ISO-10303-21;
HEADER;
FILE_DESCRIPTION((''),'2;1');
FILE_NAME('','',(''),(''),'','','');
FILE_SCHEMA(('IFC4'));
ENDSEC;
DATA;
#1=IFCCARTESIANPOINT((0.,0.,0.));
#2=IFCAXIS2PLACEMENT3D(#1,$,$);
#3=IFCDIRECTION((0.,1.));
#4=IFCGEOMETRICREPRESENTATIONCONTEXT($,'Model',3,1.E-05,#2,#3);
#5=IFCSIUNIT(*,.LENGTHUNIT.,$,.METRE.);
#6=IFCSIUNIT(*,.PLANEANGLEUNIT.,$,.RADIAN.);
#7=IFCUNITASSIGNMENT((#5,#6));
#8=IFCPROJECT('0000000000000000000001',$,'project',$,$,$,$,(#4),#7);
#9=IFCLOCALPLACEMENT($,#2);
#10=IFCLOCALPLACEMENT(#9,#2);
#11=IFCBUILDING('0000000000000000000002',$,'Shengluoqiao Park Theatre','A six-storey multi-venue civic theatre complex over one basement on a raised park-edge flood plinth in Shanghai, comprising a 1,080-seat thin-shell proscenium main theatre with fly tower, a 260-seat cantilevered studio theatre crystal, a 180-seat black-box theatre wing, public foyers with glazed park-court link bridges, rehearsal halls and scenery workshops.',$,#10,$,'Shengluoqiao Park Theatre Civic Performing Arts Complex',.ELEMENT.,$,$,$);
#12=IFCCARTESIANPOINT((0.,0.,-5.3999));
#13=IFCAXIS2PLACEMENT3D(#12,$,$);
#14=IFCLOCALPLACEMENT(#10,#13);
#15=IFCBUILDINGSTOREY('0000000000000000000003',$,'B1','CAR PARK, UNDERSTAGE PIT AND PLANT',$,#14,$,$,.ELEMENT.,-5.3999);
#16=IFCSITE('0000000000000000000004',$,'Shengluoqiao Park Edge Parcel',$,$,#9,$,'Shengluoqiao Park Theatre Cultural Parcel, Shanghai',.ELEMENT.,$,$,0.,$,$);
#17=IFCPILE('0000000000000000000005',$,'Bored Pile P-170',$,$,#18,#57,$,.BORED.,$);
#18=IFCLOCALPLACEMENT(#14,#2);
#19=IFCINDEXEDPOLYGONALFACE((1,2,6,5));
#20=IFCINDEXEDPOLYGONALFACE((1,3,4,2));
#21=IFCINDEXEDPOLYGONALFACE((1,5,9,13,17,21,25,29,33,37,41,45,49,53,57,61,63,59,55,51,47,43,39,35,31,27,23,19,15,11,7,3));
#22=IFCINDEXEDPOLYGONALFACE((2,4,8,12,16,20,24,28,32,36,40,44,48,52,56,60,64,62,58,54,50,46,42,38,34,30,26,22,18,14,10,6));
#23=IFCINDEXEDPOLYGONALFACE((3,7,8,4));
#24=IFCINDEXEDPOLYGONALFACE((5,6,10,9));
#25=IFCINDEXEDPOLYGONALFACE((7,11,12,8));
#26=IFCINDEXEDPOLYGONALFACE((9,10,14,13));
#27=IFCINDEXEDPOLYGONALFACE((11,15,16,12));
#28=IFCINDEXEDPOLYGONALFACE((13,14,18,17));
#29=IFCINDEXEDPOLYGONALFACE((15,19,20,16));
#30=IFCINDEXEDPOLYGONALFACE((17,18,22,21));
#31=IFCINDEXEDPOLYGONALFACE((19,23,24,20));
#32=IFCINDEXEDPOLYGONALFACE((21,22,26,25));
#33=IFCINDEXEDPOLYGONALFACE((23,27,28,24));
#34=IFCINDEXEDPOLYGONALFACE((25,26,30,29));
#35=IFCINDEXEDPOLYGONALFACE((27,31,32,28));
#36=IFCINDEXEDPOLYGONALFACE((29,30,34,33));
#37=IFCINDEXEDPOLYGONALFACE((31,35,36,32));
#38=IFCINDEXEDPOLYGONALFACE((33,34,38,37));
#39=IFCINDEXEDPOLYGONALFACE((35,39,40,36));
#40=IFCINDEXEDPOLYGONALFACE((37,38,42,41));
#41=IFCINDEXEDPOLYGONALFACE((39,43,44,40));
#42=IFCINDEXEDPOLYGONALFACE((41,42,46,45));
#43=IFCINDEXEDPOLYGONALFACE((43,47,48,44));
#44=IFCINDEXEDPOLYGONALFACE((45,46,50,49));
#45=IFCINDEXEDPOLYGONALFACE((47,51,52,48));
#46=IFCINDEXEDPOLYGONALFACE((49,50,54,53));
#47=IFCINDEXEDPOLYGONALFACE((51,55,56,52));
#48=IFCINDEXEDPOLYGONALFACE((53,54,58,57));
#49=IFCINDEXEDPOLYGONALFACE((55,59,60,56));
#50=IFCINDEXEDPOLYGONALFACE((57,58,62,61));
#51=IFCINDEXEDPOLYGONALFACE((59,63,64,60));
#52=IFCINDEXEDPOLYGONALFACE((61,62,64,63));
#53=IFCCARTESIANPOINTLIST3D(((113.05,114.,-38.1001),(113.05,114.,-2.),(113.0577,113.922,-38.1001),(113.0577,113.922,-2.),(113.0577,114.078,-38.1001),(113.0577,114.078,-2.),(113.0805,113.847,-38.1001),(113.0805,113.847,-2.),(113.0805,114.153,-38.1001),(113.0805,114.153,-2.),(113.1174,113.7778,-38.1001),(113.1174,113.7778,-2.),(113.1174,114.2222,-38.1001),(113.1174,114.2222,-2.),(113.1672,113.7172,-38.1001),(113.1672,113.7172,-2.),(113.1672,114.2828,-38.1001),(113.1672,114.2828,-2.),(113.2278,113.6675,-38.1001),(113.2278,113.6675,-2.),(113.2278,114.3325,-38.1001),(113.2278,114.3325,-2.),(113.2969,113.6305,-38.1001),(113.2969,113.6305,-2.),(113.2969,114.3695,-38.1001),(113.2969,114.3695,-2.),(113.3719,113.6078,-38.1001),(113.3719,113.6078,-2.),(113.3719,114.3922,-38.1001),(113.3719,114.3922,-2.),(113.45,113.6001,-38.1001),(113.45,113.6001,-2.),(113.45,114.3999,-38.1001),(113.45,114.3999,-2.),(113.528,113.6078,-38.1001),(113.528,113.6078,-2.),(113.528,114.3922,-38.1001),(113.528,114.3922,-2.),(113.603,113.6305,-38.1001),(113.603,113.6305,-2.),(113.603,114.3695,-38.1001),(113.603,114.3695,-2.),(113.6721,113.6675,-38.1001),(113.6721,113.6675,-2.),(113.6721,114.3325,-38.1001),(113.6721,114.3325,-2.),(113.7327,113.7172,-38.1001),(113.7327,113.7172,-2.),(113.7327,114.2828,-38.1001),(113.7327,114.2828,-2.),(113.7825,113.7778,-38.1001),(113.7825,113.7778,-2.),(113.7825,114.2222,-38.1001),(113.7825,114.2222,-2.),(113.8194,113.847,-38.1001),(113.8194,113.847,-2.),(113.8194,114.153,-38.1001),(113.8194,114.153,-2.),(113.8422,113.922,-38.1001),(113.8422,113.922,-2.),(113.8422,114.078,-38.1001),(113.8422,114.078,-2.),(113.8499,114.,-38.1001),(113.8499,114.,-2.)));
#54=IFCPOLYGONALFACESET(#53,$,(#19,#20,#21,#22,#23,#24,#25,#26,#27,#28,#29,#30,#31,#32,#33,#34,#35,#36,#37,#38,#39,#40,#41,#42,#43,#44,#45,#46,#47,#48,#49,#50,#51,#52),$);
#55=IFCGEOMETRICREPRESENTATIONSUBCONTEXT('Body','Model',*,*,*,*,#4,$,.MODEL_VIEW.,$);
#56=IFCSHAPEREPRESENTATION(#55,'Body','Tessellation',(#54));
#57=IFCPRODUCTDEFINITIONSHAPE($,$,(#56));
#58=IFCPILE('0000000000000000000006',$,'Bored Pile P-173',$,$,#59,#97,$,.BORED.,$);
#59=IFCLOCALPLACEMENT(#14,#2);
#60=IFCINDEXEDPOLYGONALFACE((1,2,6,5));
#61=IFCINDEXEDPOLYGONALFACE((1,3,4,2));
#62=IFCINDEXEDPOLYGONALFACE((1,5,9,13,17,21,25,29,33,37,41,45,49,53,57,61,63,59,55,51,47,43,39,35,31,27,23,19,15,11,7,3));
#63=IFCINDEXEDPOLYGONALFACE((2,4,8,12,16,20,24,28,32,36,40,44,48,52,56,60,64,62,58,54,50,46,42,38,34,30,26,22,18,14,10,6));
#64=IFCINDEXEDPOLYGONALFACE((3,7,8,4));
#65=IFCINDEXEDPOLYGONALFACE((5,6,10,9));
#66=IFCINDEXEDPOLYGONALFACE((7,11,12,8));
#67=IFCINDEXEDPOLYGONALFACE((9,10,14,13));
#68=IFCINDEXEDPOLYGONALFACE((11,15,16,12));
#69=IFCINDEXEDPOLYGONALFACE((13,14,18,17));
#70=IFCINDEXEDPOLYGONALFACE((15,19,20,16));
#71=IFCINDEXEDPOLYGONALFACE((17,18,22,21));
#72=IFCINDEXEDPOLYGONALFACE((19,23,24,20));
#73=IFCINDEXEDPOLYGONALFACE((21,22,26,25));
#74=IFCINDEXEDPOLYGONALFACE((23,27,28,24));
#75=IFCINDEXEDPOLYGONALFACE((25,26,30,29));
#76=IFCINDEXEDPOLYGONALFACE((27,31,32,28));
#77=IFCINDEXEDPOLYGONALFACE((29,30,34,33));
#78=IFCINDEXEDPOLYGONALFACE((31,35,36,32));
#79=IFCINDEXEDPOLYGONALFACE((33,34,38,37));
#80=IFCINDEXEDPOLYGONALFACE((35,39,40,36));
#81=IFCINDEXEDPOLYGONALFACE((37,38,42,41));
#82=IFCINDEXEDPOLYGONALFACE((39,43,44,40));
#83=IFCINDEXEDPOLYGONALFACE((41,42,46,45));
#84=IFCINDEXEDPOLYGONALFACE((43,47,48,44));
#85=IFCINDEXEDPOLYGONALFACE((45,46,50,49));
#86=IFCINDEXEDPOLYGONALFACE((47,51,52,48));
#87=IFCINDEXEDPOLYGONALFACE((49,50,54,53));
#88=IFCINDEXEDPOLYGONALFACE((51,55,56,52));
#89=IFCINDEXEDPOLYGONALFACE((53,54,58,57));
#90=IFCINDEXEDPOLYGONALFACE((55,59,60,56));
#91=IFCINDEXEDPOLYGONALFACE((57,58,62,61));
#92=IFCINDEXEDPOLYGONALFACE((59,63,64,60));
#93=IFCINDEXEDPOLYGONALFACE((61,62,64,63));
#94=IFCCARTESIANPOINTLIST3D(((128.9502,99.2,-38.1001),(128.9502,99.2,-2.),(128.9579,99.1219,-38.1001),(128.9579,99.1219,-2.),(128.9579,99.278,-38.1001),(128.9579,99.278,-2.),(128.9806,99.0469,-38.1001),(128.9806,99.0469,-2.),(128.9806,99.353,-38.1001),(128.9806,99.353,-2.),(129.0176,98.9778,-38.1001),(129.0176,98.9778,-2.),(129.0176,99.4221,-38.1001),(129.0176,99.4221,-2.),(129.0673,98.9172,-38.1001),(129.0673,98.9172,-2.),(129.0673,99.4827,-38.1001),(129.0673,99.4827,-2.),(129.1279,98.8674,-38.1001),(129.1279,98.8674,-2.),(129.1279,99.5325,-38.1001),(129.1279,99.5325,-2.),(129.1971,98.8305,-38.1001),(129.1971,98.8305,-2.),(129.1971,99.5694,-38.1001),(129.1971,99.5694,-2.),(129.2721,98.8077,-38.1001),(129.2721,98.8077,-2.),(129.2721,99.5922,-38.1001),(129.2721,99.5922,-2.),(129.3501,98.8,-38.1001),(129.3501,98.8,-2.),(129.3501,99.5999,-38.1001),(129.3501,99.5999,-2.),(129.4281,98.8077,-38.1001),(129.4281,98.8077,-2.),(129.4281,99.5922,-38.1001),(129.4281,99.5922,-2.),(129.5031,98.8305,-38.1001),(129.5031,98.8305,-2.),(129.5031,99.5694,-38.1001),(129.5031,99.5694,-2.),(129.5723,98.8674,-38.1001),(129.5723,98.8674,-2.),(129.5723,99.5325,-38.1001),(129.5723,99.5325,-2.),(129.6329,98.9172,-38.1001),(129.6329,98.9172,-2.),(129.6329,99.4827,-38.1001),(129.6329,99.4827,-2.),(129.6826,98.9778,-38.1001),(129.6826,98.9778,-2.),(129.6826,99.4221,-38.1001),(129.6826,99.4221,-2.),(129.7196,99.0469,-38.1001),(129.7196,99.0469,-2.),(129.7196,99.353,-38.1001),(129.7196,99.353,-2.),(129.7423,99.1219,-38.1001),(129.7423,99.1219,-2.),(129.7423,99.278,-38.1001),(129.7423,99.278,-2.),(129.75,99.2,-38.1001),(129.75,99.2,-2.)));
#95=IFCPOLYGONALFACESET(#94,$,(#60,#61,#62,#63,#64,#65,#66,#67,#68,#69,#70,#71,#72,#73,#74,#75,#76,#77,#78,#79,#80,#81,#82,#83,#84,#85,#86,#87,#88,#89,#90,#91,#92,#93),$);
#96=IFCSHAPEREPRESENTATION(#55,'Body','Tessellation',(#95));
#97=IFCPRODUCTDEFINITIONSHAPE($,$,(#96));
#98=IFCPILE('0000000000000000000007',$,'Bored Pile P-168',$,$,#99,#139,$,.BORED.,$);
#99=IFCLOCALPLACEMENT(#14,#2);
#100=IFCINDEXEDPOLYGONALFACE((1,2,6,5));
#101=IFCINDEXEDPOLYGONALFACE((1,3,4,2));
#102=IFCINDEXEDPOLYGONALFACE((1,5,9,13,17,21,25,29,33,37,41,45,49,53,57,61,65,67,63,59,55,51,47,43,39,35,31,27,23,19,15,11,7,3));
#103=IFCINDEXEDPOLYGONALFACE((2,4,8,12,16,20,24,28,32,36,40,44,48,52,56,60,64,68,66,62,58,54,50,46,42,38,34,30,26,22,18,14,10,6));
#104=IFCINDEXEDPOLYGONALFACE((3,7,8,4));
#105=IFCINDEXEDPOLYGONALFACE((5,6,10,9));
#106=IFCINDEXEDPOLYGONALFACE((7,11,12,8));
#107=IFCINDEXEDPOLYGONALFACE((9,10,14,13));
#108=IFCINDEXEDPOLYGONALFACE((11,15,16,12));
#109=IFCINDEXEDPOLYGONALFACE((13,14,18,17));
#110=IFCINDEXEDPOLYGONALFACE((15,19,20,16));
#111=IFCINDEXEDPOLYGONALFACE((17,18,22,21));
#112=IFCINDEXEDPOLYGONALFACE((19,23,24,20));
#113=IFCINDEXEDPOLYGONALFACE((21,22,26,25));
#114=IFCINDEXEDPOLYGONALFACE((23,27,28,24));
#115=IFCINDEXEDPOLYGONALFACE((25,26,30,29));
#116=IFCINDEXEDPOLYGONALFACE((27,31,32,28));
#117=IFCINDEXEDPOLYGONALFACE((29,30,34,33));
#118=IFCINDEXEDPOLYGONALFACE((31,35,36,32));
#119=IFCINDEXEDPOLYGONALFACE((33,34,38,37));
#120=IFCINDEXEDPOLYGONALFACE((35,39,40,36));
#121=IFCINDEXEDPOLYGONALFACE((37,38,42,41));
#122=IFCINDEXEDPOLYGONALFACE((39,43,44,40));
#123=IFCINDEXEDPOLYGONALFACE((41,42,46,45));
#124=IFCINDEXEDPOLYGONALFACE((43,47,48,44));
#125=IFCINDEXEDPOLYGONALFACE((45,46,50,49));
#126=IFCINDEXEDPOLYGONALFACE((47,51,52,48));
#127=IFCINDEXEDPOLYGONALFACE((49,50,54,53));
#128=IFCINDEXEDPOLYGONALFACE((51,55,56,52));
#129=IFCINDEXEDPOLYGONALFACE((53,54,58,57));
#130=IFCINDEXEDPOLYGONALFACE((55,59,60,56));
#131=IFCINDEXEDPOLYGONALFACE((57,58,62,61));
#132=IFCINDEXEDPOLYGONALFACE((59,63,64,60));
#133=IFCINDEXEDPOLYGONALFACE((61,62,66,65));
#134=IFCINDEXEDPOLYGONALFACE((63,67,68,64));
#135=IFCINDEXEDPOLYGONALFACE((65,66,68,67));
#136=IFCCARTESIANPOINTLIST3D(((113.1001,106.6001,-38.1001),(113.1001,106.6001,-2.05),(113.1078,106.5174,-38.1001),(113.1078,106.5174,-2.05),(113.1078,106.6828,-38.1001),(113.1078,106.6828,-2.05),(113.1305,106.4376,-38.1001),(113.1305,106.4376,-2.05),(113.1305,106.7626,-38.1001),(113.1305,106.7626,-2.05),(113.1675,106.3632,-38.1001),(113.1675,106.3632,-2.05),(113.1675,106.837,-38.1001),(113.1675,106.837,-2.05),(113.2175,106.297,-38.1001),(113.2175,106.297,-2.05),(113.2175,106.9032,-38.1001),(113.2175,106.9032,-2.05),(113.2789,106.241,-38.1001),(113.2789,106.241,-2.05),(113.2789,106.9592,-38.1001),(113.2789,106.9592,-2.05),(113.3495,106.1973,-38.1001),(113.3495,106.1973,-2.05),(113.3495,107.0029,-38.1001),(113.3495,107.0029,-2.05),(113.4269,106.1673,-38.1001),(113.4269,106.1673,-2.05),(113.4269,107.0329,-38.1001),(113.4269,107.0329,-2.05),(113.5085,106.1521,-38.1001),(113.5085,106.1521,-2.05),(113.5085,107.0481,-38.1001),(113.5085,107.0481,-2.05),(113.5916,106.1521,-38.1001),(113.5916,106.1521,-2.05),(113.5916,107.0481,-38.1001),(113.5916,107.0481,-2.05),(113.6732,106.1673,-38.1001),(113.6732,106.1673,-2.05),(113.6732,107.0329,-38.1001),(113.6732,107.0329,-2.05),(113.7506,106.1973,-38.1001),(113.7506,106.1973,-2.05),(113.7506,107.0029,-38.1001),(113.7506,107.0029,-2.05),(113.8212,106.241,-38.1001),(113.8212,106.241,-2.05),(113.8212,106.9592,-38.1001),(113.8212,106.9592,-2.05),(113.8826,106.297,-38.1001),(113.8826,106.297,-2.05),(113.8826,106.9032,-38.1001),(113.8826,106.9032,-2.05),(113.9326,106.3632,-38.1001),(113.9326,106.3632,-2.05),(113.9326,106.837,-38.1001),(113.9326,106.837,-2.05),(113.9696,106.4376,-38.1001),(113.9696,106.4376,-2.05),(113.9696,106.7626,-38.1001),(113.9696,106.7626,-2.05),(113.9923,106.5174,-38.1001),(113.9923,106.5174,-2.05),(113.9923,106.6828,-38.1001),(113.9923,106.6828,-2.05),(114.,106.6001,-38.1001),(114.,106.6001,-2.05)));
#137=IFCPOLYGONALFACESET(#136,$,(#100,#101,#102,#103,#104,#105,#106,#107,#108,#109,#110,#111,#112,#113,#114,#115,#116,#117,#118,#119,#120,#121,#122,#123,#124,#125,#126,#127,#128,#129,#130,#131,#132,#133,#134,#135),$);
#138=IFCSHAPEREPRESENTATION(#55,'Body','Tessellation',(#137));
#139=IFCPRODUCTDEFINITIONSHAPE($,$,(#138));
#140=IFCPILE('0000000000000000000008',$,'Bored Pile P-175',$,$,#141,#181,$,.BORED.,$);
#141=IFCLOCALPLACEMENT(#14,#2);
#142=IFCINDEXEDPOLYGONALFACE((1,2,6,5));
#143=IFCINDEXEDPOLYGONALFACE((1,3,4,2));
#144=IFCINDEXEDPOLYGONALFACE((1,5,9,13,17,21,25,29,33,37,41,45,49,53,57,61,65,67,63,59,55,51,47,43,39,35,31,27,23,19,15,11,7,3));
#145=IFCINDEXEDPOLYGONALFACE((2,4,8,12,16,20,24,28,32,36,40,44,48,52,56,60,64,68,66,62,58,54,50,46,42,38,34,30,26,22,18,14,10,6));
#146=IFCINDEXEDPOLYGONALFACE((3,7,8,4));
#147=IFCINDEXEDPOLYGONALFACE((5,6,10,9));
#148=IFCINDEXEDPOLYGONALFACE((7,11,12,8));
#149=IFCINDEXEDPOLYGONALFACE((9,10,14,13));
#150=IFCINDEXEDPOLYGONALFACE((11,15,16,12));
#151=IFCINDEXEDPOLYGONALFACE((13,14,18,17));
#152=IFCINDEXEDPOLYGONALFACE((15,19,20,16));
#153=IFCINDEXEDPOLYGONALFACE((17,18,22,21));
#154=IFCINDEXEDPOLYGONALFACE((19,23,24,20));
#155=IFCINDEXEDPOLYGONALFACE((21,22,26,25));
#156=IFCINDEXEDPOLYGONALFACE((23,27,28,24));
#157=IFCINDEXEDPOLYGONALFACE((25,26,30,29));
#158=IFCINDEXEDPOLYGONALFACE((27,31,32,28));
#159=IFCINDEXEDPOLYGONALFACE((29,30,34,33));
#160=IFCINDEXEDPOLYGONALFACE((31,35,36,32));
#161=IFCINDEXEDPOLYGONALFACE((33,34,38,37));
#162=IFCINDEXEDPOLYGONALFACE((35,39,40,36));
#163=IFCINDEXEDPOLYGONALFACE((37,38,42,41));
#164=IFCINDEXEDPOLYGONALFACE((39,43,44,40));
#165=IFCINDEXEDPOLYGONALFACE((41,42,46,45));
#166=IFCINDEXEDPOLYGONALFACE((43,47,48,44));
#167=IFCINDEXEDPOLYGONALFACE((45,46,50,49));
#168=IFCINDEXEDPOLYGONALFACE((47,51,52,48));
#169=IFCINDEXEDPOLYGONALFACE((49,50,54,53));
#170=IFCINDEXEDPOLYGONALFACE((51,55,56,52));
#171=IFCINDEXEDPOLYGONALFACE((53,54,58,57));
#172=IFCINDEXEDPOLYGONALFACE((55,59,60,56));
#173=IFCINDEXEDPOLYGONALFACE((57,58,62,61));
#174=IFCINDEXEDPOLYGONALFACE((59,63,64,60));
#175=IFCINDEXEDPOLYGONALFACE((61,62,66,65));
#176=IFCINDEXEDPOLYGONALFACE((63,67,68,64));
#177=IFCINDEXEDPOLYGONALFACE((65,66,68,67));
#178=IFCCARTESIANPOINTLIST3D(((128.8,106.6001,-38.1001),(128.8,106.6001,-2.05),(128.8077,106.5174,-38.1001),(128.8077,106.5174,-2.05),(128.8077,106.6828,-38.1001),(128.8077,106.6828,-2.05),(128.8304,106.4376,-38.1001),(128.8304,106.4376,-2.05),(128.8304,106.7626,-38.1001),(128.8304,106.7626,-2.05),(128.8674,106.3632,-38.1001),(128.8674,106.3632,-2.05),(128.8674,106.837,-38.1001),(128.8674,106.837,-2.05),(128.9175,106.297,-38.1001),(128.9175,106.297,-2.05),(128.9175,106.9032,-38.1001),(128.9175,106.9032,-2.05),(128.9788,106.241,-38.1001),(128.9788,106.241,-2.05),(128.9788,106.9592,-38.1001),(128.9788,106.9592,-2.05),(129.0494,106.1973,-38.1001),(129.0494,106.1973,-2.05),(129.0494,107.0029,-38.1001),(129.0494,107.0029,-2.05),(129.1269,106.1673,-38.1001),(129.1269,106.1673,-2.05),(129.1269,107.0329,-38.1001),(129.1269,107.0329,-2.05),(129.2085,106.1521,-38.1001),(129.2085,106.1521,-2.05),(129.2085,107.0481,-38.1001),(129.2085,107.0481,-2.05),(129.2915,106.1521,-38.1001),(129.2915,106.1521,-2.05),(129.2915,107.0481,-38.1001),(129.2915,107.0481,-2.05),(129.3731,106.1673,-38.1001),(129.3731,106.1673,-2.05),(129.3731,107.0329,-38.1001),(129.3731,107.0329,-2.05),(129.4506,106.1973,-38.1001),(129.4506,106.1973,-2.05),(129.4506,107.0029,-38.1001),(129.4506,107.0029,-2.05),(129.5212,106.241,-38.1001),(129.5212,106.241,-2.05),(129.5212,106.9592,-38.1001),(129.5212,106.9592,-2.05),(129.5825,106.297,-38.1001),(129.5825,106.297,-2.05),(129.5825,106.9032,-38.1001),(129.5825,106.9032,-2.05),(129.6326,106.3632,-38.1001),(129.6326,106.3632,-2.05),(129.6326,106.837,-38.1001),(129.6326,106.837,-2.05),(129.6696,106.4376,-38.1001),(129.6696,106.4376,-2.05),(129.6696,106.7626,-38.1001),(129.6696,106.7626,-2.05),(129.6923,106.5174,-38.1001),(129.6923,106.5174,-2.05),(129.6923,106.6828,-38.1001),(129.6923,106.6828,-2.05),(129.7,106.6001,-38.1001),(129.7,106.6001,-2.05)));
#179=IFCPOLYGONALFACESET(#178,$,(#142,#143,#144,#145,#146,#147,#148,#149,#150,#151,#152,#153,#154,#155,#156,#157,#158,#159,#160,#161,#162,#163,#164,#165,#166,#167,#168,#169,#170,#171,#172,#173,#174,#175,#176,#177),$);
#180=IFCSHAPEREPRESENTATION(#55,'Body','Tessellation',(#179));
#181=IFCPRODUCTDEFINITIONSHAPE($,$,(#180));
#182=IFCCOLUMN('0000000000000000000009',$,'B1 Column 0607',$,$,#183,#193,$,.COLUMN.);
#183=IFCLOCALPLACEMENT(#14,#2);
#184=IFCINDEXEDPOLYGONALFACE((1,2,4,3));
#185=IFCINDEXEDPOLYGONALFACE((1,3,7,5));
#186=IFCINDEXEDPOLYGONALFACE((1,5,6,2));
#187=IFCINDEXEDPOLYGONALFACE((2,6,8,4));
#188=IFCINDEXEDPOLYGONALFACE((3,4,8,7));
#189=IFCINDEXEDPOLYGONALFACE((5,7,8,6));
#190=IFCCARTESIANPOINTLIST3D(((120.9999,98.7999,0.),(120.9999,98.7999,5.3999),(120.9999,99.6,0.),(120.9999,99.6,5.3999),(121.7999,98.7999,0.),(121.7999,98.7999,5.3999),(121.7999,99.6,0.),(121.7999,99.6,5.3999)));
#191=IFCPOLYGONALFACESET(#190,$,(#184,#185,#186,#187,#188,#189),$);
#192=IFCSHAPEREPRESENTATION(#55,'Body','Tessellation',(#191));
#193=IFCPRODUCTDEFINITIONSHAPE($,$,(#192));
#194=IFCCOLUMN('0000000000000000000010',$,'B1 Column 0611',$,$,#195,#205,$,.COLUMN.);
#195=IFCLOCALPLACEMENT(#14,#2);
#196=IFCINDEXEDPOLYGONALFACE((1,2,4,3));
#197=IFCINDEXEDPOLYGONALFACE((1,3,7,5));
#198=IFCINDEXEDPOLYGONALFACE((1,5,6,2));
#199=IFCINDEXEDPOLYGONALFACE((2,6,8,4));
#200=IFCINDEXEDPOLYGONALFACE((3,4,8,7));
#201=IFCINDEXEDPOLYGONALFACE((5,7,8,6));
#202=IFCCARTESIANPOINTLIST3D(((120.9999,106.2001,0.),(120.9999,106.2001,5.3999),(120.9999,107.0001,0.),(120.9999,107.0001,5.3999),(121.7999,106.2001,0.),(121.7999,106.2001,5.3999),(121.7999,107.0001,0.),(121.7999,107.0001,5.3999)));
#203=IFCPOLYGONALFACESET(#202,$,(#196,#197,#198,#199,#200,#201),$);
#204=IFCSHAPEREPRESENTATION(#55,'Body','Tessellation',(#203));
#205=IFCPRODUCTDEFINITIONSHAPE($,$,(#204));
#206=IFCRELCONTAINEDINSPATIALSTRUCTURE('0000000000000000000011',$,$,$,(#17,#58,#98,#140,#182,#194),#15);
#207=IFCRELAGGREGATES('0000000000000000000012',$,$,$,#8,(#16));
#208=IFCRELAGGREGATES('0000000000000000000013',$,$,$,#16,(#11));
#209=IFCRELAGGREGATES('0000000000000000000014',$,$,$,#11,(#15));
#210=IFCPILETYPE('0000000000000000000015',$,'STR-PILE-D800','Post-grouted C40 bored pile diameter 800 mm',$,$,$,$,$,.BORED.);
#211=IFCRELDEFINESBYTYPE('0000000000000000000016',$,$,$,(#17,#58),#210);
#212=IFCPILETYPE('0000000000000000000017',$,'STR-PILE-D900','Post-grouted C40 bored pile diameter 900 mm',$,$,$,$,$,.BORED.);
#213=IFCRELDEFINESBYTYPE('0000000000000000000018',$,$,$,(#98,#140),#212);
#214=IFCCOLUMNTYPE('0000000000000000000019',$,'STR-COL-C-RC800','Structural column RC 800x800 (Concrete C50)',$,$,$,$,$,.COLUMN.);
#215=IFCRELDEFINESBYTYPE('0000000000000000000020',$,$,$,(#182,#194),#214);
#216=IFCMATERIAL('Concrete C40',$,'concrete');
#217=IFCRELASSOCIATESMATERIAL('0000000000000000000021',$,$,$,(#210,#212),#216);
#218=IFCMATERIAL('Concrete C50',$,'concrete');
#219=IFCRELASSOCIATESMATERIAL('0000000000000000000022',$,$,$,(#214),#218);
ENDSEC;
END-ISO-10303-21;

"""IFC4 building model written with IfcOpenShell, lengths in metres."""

from ifc_helpers import new_model, si_unit, direction, frame, origin, origin_2d, place, context, subcontext, project, spatial, rectangle, circle, extrude, material, material_profile, profile_set, type_object, element, save


model = new_model("IFC4")

# Units and contexts
model_context = context("Model", 3, precision=1e-05, world=origin(), true_north=direction((0.0, 1.0)))
body_context = subcontext(model_context, "Body", "Model", "MODEL_VIEW")
ifc_project = project(units=[si_unit("LENGTHUNIT", "METRE"), si_unit("PLANEANGLEUNIT", "RADIAN")], contexts=[model_context])

# Site, building, storey
site_placement = place(None, origin())
site = spatial("IfcSite", under=ifc_project, at=site_placement, Name="Shengluoqiao Park Edge Parcel", LongName="Shengluoqiao Park Theatre Cultural Parcel, Shanghai", CompositionType="ELEMENT", RefElevation=0.0)
building_placement = place(site_placement, origin())
building = spatial("IfcBuilding", under=site, at=building_placement, Name="Shengluoqiao Park Theatre", Description="A six-storey multi-venue civic theatre complex over one basement on a raised park-edge flood plinth in Shanghai, comprising a 1,080-seat thin-shell proscenium main theatre with fly tower, a 260-seat cantilevered studio theatre crystal, a 180-seat black-box theatre wing, public foyers with glazed park-court link bridges, rehearsal halls and scenery workshops.", LongName="Shengluoqiao Park Theatre Civic Performing Arts Complex", CompositionType="ELEMENT")
storey_placement = place(building_placement, frame((0.0, 0.0, -5.3999)))
storey = spatial("IfcBuildingStorey", under=building, at=storey_placement, Name="B1", Description="CAR PARK, UNDERSTAGE PIT AND PLANT", CompositionType="ELEMENT", Elevation=-5.3999)

# Shared definitions
ifc_material_1 = material(Name="Concrete C40", Category="concrete")

# Piles
ifc_material_profile_1 = material_profile(ifc_material_1, circle(Radius=0.3999, at=origin_2d()), Name="BORED PILE D800")
ifc_profile_set_1 = profile_set([ifc_material_profile_1], Name="Concrete C40")
pile_type_1 = type_object("IfcPileType", Name="STR-PILE-D800", Description="Post-grouted C40 bored pile diameter 800 mm", PredefinedType="BORED", material=ifc_profile_set_1)
for number, where, z_axis, x_axis, name in (
    (1, (113.45, 114.0, -2.0), (0.0, 0.0, -1.0), (1.0, 0.0, 0.0), "Bored Pile P-170"),
    (2, (129.3501, 99.2, -2.0), (0.0, 0.0, -1.0), (1.0, 0.0, 0.0), "Bored Pile P-173"),
):
    element("IfcPile", number, at=place(storey_placement, frame(where, z_axis=z_axis, x_axis=x_axis)), inside=storey, type_object=pile_type_1, Name=name, PredefinedType="BORED", context=body_context, shape_type="SweptSolid", body=[
        extrude(circle(Radius=0.3999, at=origin_2d()), origin(), (0.0, 0.0, 1.0), 36.1001),
    ])
ifc_material_profile_2 = material_profile(ifc_material_1, circle(Radius=0.45, at=origin_2d()), Name="BORED PILE D900")
ifc_profile_set_2 = profile_set([ifc_material_profile_2], Name="Concrete C40")
pile_type_2 = type_object("IfcPileType", Name="STR-PILE-D900", Description="Post-grouted C40 bored pile diameter 900 mm", PredefinedType="BORED", material=ifc_profile_set_2)
for number, where, z_axis, x_axis, name in (
    (3, (113.55, 106.6001, -2.05), (0.0, 0.0, -1.0), (1.0, 0.0, 0.0), "Bored Pile P-168"),
    (4, (129.25, 106.6001, -2.05), (0.0, 0.0, -1.0), (1.0, 0.0, 0.0), "Bored Pile P-175"),
):
    element("IfcPile", number, at=place(storey_placement, frame(where, z_axis=z_axis, x_axis=x_axis)), inside=storey, type_object=pile_type_2, Name=name, PredefinedType="BORED", context=body_context, shape_type="SweptSolid", body=[
        extrude(circle(Radius=0.45, at=origin_2d()), origin(), (0.0, 0.0, 1.0), 36.05),
    ])

# Columns
ifc_material_2 = material(Name="Concrete C50", Category="concrete")
ifc_material_profile_3 = material_profile(ifc_material_2, rectangle(XDim=0.8, YDim=0.8, at=origin_2d()), Name="RC 800x800")
ifc_profile_set_3 = profile_set([ifc_material_profile_3], Name="Concrete C50")
column_type = type_object("IfcColumnType", Name="STR-COL-C-RC800", Description="Structural column RC 800x800 (Concrete C50)", PredefinedType="COLUMN", material=ifc_profile_set_3)
for number, where, z_axis, x_axis, name in (
    (5, (121.3999, 99.2, 0.0), (0.0, 0.0, 1.0), (1.0, 0.0, 0.0), "B1 Column 0607"),
    (6, (121.3999, 106.6001, 0.0), (0.0, 0.0, 1.0), (1.0, 0.0, 0.0), "B1 Column 0611"),
):
    element("IfcColumn", number, at=place(storey_placement, frame(where, z_axis=z_axis, x_axis=x_axis)), inside=storey, type_object=column_type, Name=name, PredefinedType="COLUMN", context=body_context, shape_type="SweptSolid", body=[
        extrude(rectangle(XDim=0.8, YDim=0.8, at=origin_2d()), origin(), (0.0, 0.0, 1.0), 5.3999),
    ])

save(model, "model.ifc")
